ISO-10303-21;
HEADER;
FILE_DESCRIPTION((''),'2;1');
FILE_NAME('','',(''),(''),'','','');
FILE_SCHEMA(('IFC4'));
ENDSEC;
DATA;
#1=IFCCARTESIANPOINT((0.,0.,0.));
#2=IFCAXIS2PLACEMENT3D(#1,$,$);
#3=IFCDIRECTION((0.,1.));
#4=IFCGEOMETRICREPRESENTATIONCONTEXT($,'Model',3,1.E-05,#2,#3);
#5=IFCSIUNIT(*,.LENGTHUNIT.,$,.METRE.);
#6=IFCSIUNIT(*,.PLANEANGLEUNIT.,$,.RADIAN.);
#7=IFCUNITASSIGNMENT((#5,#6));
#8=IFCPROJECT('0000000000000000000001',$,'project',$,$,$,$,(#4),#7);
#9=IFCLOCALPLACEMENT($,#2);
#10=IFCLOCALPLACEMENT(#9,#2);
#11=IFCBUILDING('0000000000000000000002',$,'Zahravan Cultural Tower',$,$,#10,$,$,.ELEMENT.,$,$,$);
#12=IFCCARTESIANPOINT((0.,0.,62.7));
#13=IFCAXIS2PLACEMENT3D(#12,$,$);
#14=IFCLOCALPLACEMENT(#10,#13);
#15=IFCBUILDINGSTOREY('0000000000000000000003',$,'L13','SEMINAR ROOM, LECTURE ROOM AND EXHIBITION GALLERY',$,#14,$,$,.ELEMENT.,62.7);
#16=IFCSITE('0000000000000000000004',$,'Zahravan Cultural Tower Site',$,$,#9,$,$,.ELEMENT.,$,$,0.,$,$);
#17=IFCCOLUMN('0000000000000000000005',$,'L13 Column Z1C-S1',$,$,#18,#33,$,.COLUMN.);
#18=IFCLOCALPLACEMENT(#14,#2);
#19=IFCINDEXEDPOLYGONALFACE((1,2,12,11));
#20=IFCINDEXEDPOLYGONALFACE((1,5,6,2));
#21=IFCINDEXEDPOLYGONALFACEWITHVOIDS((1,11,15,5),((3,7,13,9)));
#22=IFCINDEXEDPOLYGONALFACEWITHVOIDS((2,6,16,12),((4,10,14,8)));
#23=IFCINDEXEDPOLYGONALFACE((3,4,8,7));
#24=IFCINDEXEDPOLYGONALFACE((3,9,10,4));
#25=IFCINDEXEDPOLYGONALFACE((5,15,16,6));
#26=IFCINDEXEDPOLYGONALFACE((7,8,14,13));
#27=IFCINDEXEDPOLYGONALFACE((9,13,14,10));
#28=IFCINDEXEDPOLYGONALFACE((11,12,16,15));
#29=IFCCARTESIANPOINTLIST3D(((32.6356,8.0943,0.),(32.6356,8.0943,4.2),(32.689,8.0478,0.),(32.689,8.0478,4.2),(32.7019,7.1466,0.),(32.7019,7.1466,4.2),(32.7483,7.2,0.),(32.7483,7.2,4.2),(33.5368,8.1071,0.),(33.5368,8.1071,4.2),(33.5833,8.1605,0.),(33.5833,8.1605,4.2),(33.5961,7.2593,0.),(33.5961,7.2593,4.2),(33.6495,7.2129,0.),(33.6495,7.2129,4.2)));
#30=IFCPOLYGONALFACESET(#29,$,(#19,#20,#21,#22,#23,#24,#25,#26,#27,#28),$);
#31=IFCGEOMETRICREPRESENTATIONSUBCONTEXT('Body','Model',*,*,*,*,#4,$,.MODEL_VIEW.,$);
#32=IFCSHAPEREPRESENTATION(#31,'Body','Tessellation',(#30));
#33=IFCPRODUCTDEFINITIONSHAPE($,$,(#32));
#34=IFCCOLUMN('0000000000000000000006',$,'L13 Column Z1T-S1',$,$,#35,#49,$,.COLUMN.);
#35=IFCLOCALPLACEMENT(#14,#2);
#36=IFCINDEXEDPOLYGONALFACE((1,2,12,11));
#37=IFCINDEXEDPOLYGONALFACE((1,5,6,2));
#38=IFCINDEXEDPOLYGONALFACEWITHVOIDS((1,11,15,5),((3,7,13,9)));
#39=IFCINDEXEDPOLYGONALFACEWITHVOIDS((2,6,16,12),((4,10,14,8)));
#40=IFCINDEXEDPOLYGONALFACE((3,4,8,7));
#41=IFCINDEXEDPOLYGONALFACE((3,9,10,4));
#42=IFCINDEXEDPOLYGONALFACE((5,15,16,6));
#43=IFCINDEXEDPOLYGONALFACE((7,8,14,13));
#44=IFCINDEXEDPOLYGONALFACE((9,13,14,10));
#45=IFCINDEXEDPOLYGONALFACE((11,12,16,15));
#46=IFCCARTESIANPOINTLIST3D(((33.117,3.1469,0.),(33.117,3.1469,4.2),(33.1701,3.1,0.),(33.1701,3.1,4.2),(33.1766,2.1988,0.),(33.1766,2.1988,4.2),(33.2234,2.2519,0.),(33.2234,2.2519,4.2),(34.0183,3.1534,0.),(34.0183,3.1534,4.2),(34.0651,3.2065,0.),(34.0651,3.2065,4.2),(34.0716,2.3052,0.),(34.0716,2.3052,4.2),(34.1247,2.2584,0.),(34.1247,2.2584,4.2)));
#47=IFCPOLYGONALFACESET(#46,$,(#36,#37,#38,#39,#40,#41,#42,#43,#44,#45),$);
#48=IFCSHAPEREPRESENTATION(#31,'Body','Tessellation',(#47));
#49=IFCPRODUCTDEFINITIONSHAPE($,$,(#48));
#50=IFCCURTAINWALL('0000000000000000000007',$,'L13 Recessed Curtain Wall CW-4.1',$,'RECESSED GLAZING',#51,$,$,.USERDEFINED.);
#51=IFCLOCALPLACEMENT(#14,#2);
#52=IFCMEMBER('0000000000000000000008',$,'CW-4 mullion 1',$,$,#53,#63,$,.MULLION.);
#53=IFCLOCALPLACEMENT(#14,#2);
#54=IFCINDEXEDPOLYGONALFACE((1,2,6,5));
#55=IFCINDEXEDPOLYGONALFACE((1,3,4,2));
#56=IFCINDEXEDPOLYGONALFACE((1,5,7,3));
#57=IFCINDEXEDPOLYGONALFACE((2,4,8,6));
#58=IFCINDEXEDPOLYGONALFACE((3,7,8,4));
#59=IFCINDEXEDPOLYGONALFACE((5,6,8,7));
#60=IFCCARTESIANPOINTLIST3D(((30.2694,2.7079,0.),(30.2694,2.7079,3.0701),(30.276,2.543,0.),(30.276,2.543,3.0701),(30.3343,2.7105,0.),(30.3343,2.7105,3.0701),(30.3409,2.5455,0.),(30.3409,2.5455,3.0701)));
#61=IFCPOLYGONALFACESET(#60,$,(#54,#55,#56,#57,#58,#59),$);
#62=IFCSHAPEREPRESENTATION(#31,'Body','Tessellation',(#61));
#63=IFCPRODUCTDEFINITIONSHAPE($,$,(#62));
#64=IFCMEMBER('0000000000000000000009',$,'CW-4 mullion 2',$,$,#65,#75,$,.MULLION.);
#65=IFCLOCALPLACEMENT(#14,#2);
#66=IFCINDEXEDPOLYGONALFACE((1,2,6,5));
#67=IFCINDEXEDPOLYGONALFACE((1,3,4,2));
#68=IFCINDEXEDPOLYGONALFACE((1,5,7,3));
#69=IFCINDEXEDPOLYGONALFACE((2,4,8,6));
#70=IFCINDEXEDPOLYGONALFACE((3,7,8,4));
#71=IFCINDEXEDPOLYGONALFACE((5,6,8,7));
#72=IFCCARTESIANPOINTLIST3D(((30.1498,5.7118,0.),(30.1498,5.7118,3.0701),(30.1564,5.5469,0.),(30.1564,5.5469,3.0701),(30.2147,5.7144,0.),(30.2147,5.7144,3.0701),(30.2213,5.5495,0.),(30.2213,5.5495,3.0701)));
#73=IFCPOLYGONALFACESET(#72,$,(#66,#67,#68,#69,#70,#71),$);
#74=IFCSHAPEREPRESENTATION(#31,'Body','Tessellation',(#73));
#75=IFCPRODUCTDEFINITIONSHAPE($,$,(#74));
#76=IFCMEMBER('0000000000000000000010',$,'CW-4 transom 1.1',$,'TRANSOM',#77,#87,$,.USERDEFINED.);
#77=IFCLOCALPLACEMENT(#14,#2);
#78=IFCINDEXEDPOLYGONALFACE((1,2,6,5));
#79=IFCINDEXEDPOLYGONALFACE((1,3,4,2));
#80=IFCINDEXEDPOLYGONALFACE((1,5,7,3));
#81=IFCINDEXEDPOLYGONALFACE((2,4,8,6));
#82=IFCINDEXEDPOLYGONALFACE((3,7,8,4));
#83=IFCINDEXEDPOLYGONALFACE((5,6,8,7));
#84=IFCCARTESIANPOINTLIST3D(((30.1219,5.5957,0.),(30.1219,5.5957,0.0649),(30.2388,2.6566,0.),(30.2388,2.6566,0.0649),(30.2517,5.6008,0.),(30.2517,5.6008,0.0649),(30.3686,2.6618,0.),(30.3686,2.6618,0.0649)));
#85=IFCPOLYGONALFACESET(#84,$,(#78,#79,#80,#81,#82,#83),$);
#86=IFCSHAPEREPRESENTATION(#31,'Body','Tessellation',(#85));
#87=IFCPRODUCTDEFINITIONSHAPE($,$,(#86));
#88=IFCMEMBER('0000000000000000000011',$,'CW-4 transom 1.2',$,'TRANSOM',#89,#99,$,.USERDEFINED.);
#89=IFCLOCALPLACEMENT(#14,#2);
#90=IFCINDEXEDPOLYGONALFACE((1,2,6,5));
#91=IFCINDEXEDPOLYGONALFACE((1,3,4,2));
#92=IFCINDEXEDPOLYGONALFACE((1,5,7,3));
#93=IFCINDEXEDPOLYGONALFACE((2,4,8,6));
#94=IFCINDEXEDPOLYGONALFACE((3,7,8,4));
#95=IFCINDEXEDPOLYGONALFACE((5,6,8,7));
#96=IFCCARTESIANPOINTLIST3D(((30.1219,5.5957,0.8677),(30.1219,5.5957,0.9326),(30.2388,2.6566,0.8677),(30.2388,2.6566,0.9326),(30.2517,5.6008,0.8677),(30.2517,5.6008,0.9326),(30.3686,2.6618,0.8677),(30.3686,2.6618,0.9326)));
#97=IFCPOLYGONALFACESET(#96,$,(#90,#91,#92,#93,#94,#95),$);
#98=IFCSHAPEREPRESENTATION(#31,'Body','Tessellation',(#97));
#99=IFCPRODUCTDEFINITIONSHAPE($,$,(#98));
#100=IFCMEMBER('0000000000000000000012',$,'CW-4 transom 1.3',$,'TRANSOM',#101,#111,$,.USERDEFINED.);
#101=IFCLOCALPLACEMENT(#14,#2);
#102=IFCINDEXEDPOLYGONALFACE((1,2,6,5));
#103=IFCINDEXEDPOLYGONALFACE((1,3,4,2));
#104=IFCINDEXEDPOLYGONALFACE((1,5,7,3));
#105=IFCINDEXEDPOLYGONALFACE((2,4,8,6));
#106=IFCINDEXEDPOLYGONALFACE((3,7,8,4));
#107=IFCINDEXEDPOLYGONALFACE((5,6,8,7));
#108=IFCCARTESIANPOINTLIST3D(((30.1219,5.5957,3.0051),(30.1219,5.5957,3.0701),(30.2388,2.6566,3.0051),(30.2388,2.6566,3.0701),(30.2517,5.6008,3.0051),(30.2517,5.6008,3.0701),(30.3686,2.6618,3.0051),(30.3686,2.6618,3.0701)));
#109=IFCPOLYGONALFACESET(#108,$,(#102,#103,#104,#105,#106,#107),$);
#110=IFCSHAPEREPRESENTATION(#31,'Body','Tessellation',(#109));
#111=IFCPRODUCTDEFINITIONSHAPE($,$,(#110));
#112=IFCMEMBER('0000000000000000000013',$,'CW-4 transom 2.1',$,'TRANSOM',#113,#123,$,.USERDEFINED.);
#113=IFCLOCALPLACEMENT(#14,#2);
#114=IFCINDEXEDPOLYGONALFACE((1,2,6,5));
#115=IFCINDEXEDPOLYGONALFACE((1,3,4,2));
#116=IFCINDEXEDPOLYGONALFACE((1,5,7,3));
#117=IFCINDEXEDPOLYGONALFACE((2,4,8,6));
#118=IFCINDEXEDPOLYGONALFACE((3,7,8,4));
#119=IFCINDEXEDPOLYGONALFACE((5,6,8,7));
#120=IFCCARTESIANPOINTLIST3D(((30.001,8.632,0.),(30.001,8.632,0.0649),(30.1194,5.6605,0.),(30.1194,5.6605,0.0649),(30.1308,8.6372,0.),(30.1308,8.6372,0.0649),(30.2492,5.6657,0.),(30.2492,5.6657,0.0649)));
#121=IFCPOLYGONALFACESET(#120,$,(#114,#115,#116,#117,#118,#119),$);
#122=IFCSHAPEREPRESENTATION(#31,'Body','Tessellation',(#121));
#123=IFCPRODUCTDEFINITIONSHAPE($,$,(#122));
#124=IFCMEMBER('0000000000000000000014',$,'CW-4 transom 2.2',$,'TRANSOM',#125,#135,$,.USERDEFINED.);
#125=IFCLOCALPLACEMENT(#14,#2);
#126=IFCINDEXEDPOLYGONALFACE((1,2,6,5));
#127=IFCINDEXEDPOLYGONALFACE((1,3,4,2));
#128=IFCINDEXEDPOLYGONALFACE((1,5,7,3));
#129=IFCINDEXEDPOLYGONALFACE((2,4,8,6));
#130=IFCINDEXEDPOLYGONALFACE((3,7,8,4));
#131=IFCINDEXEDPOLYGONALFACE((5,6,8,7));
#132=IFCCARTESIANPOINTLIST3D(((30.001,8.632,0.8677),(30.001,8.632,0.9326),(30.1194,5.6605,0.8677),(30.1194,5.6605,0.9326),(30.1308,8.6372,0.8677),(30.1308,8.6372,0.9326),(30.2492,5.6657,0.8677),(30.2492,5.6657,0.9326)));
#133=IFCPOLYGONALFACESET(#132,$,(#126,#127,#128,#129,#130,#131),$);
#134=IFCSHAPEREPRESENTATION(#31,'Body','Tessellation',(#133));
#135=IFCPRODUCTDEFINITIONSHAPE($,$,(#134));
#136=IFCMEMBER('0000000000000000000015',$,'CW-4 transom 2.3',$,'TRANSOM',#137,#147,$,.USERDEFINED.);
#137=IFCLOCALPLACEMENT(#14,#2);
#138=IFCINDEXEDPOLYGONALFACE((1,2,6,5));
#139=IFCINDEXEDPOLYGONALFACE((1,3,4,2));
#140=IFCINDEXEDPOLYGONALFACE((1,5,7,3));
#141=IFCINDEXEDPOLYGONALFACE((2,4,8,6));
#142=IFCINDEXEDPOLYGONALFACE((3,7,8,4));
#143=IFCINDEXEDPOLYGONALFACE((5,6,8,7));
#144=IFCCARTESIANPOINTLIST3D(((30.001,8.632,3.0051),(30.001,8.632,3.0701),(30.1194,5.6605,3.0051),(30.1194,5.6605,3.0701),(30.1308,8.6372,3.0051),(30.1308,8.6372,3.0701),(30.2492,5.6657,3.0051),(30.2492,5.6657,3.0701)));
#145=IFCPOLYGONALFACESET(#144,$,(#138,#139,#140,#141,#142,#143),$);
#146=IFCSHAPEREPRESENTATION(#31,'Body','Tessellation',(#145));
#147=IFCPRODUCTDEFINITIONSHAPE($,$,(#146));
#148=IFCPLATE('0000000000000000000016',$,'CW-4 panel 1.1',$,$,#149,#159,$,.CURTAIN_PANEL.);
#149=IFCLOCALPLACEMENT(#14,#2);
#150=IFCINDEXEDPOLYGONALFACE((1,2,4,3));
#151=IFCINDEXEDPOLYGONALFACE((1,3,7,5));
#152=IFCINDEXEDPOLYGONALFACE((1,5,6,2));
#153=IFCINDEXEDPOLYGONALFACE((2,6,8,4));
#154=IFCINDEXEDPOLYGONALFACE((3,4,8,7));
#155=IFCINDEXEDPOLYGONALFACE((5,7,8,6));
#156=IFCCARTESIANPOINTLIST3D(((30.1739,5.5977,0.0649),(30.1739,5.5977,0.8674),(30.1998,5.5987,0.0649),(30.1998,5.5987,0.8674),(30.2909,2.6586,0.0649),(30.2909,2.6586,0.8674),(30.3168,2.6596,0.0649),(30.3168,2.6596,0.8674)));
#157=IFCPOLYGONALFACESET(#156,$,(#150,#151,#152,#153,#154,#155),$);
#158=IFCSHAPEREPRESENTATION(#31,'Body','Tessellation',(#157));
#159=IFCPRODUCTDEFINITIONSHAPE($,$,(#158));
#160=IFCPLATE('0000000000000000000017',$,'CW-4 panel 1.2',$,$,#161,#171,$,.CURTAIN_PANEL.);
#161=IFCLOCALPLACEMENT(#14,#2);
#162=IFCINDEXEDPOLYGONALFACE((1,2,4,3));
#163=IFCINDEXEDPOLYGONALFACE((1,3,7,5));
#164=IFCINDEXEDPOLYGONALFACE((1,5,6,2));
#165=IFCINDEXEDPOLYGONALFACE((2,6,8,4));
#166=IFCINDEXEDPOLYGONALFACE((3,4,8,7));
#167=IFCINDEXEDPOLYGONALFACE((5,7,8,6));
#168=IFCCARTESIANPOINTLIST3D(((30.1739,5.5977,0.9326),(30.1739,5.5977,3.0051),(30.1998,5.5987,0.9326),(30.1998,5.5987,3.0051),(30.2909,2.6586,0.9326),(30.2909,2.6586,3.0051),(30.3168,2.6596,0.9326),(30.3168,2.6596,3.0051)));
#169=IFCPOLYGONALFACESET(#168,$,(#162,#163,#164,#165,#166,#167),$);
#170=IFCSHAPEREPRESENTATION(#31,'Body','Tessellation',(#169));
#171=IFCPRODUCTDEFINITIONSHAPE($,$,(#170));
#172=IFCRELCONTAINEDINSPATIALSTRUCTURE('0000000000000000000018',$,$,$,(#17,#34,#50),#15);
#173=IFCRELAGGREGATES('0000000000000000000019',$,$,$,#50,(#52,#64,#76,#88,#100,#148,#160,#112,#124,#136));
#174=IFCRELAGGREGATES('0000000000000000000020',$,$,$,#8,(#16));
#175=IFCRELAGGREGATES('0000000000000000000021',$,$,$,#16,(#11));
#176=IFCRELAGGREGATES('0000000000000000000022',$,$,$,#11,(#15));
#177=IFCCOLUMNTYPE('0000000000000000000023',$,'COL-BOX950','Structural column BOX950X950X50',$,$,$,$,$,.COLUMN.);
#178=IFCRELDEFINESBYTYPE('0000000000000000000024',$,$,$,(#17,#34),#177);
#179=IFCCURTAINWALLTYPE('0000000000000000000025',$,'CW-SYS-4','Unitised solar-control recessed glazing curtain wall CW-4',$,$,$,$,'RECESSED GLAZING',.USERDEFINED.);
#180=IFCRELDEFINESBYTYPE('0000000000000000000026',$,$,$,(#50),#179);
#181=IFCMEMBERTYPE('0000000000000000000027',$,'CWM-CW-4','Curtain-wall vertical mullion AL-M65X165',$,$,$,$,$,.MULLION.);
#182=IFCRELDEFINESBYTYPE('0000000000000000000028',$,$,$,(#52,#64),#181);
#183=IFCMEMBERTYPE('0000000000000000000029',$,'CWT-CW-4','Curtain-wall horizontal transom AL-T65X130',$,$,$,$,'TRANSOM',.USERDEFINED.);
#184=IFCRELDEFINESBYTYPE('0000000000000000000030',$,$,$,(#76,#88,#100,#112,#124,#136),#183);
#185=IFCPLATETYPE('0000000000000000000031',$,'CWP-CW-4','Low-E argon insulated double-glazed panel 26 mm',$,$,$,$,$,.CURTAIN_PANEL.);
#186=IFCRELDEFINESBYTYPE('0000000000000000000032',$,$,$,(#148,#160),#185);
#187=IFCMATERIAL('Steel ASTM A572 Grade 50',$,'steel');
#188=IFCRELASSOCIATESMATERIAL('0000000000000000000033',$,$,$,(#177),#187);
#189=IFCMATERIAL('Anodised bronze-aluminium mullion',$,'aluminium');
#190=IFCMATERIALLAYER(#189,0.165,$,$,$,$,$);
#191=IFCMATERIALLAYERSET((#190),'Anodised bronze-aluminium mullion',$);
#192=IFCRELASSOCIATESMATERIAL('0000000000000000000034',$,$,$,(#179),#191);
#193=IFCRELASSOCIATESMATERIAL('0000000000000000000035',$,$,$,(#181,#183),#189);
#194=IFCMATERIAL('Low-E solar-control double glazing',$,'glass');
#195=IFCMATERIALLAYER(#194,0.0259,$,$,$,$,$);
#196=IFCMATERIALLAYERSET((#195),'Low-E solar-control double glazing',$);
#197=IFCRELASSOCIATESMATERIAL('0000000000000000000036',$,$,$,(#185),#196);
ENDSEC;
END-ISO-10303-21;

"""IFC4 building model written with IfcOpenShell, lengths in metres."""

from ifc_helpers import new_model, si_unit, direction, frame, origin, origin_2d, place, context, subcontext, project, spatial, rectangle, hollow_rectangle, extrude, source, transform, mapped, material, layer, layer_set, material_profile, profile_set, type_object, element, aggregate, save


model = new_model("IFC4")

# Units and contexts
model_context = context("Model", 3, precision=1e-05, world=origin(), true_north=direction((0.0, 1.0)))
body_context = subcontext(model_context, "Body", "Model", "MODEL_VIEW")
ifc_project = project(units=[si_unit("LENGTHUNIT", "METRE"), si_unit("PLANEANGLEUNIT", "RADIAN")], contexts=[model_context])

# Site, building, storey
site_placement = place(None, origin())
site = spatial("IfcSite", under=ifc_project, at=site_placement, Name="Zahravan Cultural Tower Site", CompositionType="ELEMENT", RefElevation=0.0)
building_placement = place(site_placement, origin())
building = spatial("IfcBuilding", under=site, at=building_placement, Name="Zahravan Cultural Tower", CompositionType="ELEMENT")
storey_placement = place(building_placement, frame((0.0, 0.0, 62.7)))
storey = spatial("IfcBuildingStorey", under=building, at=storey_placement, Name="L13", Description="SEMINAR ROOM, LECTURE ROOM AND EXHIBITION GALLERY", CompositionType="ELEMENT", Elevation=62.7)

# Columns
ifc_material_1 = material(Name="Steel ASTM A572 Grade 50", Category="steel")
ifc_material_profile_1 = material_profile(ifc_material_1, hollow_rectangle(XDim=0.95, YDim=0.95, WallThickness=0.05, at=origin_2d()), Name="BOX950X950X50")
ifc_profile_set_1 = profile_set([ifc_material_profile_1], Name="Steel ASTM A572 Grade 50")
column_type = type_object("IfcColumnType", Name="COL-BOX950", Description="Structural column BOX950X950X50", PredefinedType="COLUMN", material=ifc_profile_set_1)
shared_shape_1 = source(origin(), body_context, "Body", "SweptSolid", [
    extrude(hollow_rectangle(XDim=0.95, YDim=0.95, WallThickness=0.05, at=origin_2d()), origin(), (0.0, 0.0, 1.0), 4.2),
])
for number, where, z_axis, x_axis, name in (
    (1, (33.1426, 7.6536, 0.0), (0.0, 0.0, 1.0), (-0.069756, 0.997564, 0.0), "L13 Column Z1C-S1"),
    (2, (33.6208, 2.7026, 0.0), (0.0, 0.0, 1.0), (-0.062791, 0.998027, 0.0), "L13 Column Z1T-S1"),
):
    element("IfcColumn", number, at=place(storey_placement, frame(where, z_axis=z_axis, x_axis=x_axis)), inside=storey, type_object=column_type, Name=name, PredefinedType="COLUMN", context=body_context, shape_type="MappedRepresentation", body=[
        mapped(shared_shape_1, transform((0.0, 0.0, 0.0), x_axis=(1.0, 0.0, 0.0), y_axis=(0.0, 1.0, 0.0), z_axis=(0.0, 0.0, 1.0), scale=1.0)),
    ])

# Curtain wall, members, plates
ifc_material_2 = material(Name="Anodised bronze-aluminium mullion", Category="aluminium")
ifc_layer_1 = layer(ifc_material_2, 0.165)
ifc_layer_set_1 = layer_set([ifc_layer_1], Name="Anodised bronze-aluminium mullion")
curtain_wall_type = type_object("IfcCurtainWallType", Name="CW-SYS-4", Description="Unitised solar-control recessed glazing curtain wall CW-4", ElementType="RECESSED GLAZING", PredefinedType="USERDEFINED", material=ifc_layer_set_1)
curtain_wall_placement = place(storey_placement, origin())
curtain_wall = element("IfcCurtainWall", 3, at=curtain_wall_placement, inside=storey, type_object=curtain_wall_type, Name="L13 Recessed Curtain Wall CW-4.1", ObjectType="RECESSED GLAZING", PredefinedType="USERDEFINED")
ifc_material_profile_2 = material_profile(ifc_material_2, rectangle(XDim=0.0649, YDim=0.165, at=origin_2d()), Name="AL-M65X165")
ifc_profile_set_2 = profile_set([ifc_material_profile_2], Name="Anodised bronze-aluminium mullion")
member_type_1 = type_object("IfcMemberType", Name="CWM-CW-4", Description="Curtain-wall vertical mullion AL-M65X165", PredefinedType="MULLION", material=ifc_profile_set_2)
shared_shape_2 = source(origin(), body_context, "Body", "SweptSolid", [
    extrude(rectangle(XDim=0.0649, YDim=0.165, at=origin_2d()), origin(), (0.0, 0.0, 1.0), 3.0701),
])
member_1_placement = place(storey_placement, frame((30.3052, 2.6267, 0.0), z_axis=(0.0, 0.0, 1.0), x_axis=(-0.999208, -0.039785, 0.0)))
member_1 = element("IfcMember", 4, at=member_1_placement, type_object=member_type_1, Name="CW-4 mullion 1", PredefinedType="MULLION", context=body_context, shape_type="MappedRepresentation", body=[
    mapped(shared_shape_2, transform((0.0, 0.0, 0.0), x_axis=(1.0, 0.0, 0.0), y_axis=(0.0, 1.0, 0.0), z_axis=(0.0, 0.0, 1.0), scale=1.0)),
])
member_2_placement = place(storey_placement, frame((30.1855, 5.6306, 0.0), z_axis=(0.0, 0.0, 1.0), x_axis=(-0.999208, -0.039785, 0.0)))
member_2 = element("IfcMember", 5, at=member_2_placement, type_object=member_type_1, Name="CW-4 mullion 2", PredefinedType="MULLION", context=body_context, shape_type="MappedRepresentation", body=[
    mapped(shared_shape_2, transform((0.0, 0.0, 0.0), x_axis=(1.0, 0.0, 0.0), y_axis=(0.0, 1.0, 0.0), z_axis=(0.0, 0.0, 1.0), scale=1.0)),
])
ifc_material_profile_3 = material_profile(ifc_material_2, rectangle(XDim=0.1299, YDim=0.0649, at=origin_2d()), Name="AL-T65X130")
ifc_profile_set_3 = profile_set([ifc_material_profile_3], Name="Anodised bronze-aluminium mullion")
member_type_2 = type_object("IfcMemberType", Name="CWT-CW-4", Description="Curtain-wall horizontal transom AL-T65X130", ElementType="TRANSOM", PredefinedType="USERDEFINED", material=ifc_profile_set_3)
shared_shape_3 = source(origin(), body_context, "Body", "SweptSolid", [
    extrude(rectangle(XDim=0.1299, YDim=0.0649, at=origin_2d()), origin(), (0.0, 0.0, 1.0), 2.9414),
])
member_3_placement = place(storey_placement, frame((30.3037, 2.6592, 0.0325), z_axis=(-0.039759, 0.999209, 0.0), x_axis=(-0.999209, -0.039759, 0.0)))
member_3 = element("IfcMember", 6, at=member_3_placement, type_object=member_type_2, Name="CW-4 transom 1.1", ObjectType="TRANSOM", PredefinedType="USERDEFINED", context=body_context, shape_type="MappedRepresentation", body=[
    mapped(shared_shape_3, transform((0.0, 0.0, 0.0), x_axis=(1.0, 0.0, 0.0), y_axis=(0.0, 1.0, 0.0), z_axis=(0.0, 0.0, 1.0), scale=1.0)),
])
member_4_placement = place(storey_placement, frame((30.3037, 2.6592, 0.9001), z_axis=(-0.039759, 0.999209, 0.0), x_axis=(-0.999209, -0.039759, 0.0)))
member_4 = element("IfcMember", 7, at=member_4_placement, type_object=member_type_2, Name="CW-4 transom 1.2", ObjectType="TRANSOM", PredefinedType="USERDEFINED", context=body_context, shape_type="MappedRepresentation", body=[
    mapped(shared_shape_3, transform((0.0, 0.0, 0.0), x_axis=(1.0, 0.0, 0.0), y_axis=(0.0, 1.0, 0.0), z_axis=(0.0, 0.0, 1.0), scale=1.0)),
])
member_5_placement = place(storey_placement, frame((30.3037, 2.6592, 3.0376), z_axis=(-0.039759, 0.999209, 0.0), x_axis=(-0.999209, -0.039759, 0.0)))
member_5 = element("IfcMember", 8, at=member_5_placement, type_object=member_type_2, Name="CW-4 transom 1.3", ObjectType="TRANSOM", PredefinedType="USERDEFINED", context=body_context, shape_type="MappedRepresentation", body=[
    mapped(shared_shape_3, transform((0.0, 0.0, 0.0), x_axis=(1.0, 0.0, 0.0), y_axis=(0.0, 1.0, 0.0), z_axis=(0.0, 0.0, 1.0), scale=1.0)),
])
shared_shape_4 = source(origin(), body_context, "Body", "SweptSolid", [
    extrude(rectangle(XDim=0.1299, YDim=0.0649, at=origin_2d()), origin(), (0.0, 0.0, 1.0), 2.9739),
])
member_6_placement = place(storey_placement, frame((30.1843, 5.6631, 0.0325), z_axis=(-0.039817, 0.999207, 0.0), x_axis=(-0.999207, -0.039817, 0.0)))
member_6 = element("IfcMember", 9, at=member_6_placement, type_object=member_type_2, Name="CW-4 transom 2.1", ObjectType="TRANSOM", PredefinedType="USERDEFINED", context=body_context, shape_type="MappedRepresentation", body=[
    mapped(shared_shape_4, transform((0.0, 0.0, 0.0), x_axis=(1.0, 0.0, 0.0), y_axis=(0.0, 1.0, 0.0), z_axis=(0.0, 0.0, 1.0), scale=1.0)),
])
member_7_placement = place(storey_placement, frame((30.1843, 5.6631, 0.9001), z_axis=(-0.039817, 0.999207, 0.0), x_axis=(-0.999207, -0.039817, 0.0)))
member_7 = element("IfcMember", 10, at=member_7_placement, type_object=member_type_2, Name="CW-4 transom 2.2", ObjectType="TRANSOM", PredefinedType="USERDEFINED", context=body_context, shape_type="MappedRepresentation", body=[
    mapped(shared_shape_4, transform((0.0, 0.0, 0.0), x_axis=(1.0, 0.0, 0.0), y_axis=(0.0, 1.0, 0.0), z_axis=(0.0, 0.0, 1.0), scale=1.0)),
])
member_8_placement = place(storey_placement, frame((30.1843, 5.6631, 3.0376), z_axis=(-0.039817, 0.999207, 0.0), x_axis=(-0.999207, -0.039817, 0.0)))
member_8 = element("IfcMember", 11, at=member_8_placement, type_object=member_type_2, Name="CW-4 transom 2.3", ObjectType="TRANSOM", PredefinedType="USERDEFINED", context=body_context, shape_type="MappedRepresentation", body=[
    mapped(shared_shape_4, transform((0.0, 0.0, 0.0), x_axis=(1.0, 0.0, 0.0), y_axis=(0.0, 1.0, 0.0), z_axis=(0.0, 0.0, 1.0), scale=1.0)),
])
ifc_material_3 = material(Name="Low-E solar-control double glazing", Category="glass")
ifc_layer_2 = layer(ifc_material_3, 0.0259)
ifc_layer_set_2 = layer_set([ifc_layer_2], Name="Low-E solar-control double glazing")
plate_type = type_object("IfcPlateType", Name="CWP-CW-4", Description="Low-E argon insulated double-glazed panel 26 mm", PredefinedType="CURTAIN_PANEL", material=ifc_layer_set_2)
shared_shape_5 = source(origin(), body_context, "Body", "SweptSolid", [
    extrude(rectangle(XDim=2.9414, YDim=0.0259, at=origin_2d()), origin(), (0.0, 0.0, 1.0), 0.8025),
])
plate_1_placement = place(storey_placement, frame((30.2454, 4.1287, 0.0649), z_axis=(0.0, 0.0, 1.0), x_axis=(-0.039785, 0.999208, 0.0)))
plate_1 = element("IfcPlate", 12, at=plate_1_placement, type_object=plate_type, Name="CW-4 panel 1.1", PredefinedType="CURTAIN_PANEL", context=body_context, shape_type="MappedRepresentation", body=[
    mapped(shared_shape_5, transform((0.0, 0.0, 0.0), x_axis=(1.0, 0.0, 0.0), y_axis=(0.0, 1.0, 0.0), z_axis=(0.0, 0.0, 1.0), scale=1.0)),
])
shared_shape_6 = source(origin(), body_context, "Body", "SweptSolid", [
    extrude(rectangle(XDim=2.9414, YDim=0.0259, at=origin_2d()), origin(), (0.0, 0.0, 1.0), 2.0725),
])
plate_2_placement = place(storey_placement, frame((30.2454, 4.1287, 0.9326), z_axis=(0.0, 0.0, 1.0), x_axis=(-0.039785, 0.999208, 0.0)))
plate_2 = element("IfcPlate", 13, at=plate_2_placement, type_object=plate_type, Name="CW-4 panel 1.2", PredefinedType="CURTAIN_PANEL", context=body_context, shape_type="MappedRepresentation", body=[
    mapped(shared_shape_6, transform((0.0, 0.0, 0.0), x_axis=(1.0, 0.0, 0.0), y_axis=(0.0, 1.0, 0.0), z_axis=(0.0, 0.0, 1.0), scale=1.0)),
])
aggregate(curtain_wall, [member_1, member_2, member_3, member_4, member_5, plate_1, plate_2, member_6, member_7, member_8])

save(model, "model.ifc")
